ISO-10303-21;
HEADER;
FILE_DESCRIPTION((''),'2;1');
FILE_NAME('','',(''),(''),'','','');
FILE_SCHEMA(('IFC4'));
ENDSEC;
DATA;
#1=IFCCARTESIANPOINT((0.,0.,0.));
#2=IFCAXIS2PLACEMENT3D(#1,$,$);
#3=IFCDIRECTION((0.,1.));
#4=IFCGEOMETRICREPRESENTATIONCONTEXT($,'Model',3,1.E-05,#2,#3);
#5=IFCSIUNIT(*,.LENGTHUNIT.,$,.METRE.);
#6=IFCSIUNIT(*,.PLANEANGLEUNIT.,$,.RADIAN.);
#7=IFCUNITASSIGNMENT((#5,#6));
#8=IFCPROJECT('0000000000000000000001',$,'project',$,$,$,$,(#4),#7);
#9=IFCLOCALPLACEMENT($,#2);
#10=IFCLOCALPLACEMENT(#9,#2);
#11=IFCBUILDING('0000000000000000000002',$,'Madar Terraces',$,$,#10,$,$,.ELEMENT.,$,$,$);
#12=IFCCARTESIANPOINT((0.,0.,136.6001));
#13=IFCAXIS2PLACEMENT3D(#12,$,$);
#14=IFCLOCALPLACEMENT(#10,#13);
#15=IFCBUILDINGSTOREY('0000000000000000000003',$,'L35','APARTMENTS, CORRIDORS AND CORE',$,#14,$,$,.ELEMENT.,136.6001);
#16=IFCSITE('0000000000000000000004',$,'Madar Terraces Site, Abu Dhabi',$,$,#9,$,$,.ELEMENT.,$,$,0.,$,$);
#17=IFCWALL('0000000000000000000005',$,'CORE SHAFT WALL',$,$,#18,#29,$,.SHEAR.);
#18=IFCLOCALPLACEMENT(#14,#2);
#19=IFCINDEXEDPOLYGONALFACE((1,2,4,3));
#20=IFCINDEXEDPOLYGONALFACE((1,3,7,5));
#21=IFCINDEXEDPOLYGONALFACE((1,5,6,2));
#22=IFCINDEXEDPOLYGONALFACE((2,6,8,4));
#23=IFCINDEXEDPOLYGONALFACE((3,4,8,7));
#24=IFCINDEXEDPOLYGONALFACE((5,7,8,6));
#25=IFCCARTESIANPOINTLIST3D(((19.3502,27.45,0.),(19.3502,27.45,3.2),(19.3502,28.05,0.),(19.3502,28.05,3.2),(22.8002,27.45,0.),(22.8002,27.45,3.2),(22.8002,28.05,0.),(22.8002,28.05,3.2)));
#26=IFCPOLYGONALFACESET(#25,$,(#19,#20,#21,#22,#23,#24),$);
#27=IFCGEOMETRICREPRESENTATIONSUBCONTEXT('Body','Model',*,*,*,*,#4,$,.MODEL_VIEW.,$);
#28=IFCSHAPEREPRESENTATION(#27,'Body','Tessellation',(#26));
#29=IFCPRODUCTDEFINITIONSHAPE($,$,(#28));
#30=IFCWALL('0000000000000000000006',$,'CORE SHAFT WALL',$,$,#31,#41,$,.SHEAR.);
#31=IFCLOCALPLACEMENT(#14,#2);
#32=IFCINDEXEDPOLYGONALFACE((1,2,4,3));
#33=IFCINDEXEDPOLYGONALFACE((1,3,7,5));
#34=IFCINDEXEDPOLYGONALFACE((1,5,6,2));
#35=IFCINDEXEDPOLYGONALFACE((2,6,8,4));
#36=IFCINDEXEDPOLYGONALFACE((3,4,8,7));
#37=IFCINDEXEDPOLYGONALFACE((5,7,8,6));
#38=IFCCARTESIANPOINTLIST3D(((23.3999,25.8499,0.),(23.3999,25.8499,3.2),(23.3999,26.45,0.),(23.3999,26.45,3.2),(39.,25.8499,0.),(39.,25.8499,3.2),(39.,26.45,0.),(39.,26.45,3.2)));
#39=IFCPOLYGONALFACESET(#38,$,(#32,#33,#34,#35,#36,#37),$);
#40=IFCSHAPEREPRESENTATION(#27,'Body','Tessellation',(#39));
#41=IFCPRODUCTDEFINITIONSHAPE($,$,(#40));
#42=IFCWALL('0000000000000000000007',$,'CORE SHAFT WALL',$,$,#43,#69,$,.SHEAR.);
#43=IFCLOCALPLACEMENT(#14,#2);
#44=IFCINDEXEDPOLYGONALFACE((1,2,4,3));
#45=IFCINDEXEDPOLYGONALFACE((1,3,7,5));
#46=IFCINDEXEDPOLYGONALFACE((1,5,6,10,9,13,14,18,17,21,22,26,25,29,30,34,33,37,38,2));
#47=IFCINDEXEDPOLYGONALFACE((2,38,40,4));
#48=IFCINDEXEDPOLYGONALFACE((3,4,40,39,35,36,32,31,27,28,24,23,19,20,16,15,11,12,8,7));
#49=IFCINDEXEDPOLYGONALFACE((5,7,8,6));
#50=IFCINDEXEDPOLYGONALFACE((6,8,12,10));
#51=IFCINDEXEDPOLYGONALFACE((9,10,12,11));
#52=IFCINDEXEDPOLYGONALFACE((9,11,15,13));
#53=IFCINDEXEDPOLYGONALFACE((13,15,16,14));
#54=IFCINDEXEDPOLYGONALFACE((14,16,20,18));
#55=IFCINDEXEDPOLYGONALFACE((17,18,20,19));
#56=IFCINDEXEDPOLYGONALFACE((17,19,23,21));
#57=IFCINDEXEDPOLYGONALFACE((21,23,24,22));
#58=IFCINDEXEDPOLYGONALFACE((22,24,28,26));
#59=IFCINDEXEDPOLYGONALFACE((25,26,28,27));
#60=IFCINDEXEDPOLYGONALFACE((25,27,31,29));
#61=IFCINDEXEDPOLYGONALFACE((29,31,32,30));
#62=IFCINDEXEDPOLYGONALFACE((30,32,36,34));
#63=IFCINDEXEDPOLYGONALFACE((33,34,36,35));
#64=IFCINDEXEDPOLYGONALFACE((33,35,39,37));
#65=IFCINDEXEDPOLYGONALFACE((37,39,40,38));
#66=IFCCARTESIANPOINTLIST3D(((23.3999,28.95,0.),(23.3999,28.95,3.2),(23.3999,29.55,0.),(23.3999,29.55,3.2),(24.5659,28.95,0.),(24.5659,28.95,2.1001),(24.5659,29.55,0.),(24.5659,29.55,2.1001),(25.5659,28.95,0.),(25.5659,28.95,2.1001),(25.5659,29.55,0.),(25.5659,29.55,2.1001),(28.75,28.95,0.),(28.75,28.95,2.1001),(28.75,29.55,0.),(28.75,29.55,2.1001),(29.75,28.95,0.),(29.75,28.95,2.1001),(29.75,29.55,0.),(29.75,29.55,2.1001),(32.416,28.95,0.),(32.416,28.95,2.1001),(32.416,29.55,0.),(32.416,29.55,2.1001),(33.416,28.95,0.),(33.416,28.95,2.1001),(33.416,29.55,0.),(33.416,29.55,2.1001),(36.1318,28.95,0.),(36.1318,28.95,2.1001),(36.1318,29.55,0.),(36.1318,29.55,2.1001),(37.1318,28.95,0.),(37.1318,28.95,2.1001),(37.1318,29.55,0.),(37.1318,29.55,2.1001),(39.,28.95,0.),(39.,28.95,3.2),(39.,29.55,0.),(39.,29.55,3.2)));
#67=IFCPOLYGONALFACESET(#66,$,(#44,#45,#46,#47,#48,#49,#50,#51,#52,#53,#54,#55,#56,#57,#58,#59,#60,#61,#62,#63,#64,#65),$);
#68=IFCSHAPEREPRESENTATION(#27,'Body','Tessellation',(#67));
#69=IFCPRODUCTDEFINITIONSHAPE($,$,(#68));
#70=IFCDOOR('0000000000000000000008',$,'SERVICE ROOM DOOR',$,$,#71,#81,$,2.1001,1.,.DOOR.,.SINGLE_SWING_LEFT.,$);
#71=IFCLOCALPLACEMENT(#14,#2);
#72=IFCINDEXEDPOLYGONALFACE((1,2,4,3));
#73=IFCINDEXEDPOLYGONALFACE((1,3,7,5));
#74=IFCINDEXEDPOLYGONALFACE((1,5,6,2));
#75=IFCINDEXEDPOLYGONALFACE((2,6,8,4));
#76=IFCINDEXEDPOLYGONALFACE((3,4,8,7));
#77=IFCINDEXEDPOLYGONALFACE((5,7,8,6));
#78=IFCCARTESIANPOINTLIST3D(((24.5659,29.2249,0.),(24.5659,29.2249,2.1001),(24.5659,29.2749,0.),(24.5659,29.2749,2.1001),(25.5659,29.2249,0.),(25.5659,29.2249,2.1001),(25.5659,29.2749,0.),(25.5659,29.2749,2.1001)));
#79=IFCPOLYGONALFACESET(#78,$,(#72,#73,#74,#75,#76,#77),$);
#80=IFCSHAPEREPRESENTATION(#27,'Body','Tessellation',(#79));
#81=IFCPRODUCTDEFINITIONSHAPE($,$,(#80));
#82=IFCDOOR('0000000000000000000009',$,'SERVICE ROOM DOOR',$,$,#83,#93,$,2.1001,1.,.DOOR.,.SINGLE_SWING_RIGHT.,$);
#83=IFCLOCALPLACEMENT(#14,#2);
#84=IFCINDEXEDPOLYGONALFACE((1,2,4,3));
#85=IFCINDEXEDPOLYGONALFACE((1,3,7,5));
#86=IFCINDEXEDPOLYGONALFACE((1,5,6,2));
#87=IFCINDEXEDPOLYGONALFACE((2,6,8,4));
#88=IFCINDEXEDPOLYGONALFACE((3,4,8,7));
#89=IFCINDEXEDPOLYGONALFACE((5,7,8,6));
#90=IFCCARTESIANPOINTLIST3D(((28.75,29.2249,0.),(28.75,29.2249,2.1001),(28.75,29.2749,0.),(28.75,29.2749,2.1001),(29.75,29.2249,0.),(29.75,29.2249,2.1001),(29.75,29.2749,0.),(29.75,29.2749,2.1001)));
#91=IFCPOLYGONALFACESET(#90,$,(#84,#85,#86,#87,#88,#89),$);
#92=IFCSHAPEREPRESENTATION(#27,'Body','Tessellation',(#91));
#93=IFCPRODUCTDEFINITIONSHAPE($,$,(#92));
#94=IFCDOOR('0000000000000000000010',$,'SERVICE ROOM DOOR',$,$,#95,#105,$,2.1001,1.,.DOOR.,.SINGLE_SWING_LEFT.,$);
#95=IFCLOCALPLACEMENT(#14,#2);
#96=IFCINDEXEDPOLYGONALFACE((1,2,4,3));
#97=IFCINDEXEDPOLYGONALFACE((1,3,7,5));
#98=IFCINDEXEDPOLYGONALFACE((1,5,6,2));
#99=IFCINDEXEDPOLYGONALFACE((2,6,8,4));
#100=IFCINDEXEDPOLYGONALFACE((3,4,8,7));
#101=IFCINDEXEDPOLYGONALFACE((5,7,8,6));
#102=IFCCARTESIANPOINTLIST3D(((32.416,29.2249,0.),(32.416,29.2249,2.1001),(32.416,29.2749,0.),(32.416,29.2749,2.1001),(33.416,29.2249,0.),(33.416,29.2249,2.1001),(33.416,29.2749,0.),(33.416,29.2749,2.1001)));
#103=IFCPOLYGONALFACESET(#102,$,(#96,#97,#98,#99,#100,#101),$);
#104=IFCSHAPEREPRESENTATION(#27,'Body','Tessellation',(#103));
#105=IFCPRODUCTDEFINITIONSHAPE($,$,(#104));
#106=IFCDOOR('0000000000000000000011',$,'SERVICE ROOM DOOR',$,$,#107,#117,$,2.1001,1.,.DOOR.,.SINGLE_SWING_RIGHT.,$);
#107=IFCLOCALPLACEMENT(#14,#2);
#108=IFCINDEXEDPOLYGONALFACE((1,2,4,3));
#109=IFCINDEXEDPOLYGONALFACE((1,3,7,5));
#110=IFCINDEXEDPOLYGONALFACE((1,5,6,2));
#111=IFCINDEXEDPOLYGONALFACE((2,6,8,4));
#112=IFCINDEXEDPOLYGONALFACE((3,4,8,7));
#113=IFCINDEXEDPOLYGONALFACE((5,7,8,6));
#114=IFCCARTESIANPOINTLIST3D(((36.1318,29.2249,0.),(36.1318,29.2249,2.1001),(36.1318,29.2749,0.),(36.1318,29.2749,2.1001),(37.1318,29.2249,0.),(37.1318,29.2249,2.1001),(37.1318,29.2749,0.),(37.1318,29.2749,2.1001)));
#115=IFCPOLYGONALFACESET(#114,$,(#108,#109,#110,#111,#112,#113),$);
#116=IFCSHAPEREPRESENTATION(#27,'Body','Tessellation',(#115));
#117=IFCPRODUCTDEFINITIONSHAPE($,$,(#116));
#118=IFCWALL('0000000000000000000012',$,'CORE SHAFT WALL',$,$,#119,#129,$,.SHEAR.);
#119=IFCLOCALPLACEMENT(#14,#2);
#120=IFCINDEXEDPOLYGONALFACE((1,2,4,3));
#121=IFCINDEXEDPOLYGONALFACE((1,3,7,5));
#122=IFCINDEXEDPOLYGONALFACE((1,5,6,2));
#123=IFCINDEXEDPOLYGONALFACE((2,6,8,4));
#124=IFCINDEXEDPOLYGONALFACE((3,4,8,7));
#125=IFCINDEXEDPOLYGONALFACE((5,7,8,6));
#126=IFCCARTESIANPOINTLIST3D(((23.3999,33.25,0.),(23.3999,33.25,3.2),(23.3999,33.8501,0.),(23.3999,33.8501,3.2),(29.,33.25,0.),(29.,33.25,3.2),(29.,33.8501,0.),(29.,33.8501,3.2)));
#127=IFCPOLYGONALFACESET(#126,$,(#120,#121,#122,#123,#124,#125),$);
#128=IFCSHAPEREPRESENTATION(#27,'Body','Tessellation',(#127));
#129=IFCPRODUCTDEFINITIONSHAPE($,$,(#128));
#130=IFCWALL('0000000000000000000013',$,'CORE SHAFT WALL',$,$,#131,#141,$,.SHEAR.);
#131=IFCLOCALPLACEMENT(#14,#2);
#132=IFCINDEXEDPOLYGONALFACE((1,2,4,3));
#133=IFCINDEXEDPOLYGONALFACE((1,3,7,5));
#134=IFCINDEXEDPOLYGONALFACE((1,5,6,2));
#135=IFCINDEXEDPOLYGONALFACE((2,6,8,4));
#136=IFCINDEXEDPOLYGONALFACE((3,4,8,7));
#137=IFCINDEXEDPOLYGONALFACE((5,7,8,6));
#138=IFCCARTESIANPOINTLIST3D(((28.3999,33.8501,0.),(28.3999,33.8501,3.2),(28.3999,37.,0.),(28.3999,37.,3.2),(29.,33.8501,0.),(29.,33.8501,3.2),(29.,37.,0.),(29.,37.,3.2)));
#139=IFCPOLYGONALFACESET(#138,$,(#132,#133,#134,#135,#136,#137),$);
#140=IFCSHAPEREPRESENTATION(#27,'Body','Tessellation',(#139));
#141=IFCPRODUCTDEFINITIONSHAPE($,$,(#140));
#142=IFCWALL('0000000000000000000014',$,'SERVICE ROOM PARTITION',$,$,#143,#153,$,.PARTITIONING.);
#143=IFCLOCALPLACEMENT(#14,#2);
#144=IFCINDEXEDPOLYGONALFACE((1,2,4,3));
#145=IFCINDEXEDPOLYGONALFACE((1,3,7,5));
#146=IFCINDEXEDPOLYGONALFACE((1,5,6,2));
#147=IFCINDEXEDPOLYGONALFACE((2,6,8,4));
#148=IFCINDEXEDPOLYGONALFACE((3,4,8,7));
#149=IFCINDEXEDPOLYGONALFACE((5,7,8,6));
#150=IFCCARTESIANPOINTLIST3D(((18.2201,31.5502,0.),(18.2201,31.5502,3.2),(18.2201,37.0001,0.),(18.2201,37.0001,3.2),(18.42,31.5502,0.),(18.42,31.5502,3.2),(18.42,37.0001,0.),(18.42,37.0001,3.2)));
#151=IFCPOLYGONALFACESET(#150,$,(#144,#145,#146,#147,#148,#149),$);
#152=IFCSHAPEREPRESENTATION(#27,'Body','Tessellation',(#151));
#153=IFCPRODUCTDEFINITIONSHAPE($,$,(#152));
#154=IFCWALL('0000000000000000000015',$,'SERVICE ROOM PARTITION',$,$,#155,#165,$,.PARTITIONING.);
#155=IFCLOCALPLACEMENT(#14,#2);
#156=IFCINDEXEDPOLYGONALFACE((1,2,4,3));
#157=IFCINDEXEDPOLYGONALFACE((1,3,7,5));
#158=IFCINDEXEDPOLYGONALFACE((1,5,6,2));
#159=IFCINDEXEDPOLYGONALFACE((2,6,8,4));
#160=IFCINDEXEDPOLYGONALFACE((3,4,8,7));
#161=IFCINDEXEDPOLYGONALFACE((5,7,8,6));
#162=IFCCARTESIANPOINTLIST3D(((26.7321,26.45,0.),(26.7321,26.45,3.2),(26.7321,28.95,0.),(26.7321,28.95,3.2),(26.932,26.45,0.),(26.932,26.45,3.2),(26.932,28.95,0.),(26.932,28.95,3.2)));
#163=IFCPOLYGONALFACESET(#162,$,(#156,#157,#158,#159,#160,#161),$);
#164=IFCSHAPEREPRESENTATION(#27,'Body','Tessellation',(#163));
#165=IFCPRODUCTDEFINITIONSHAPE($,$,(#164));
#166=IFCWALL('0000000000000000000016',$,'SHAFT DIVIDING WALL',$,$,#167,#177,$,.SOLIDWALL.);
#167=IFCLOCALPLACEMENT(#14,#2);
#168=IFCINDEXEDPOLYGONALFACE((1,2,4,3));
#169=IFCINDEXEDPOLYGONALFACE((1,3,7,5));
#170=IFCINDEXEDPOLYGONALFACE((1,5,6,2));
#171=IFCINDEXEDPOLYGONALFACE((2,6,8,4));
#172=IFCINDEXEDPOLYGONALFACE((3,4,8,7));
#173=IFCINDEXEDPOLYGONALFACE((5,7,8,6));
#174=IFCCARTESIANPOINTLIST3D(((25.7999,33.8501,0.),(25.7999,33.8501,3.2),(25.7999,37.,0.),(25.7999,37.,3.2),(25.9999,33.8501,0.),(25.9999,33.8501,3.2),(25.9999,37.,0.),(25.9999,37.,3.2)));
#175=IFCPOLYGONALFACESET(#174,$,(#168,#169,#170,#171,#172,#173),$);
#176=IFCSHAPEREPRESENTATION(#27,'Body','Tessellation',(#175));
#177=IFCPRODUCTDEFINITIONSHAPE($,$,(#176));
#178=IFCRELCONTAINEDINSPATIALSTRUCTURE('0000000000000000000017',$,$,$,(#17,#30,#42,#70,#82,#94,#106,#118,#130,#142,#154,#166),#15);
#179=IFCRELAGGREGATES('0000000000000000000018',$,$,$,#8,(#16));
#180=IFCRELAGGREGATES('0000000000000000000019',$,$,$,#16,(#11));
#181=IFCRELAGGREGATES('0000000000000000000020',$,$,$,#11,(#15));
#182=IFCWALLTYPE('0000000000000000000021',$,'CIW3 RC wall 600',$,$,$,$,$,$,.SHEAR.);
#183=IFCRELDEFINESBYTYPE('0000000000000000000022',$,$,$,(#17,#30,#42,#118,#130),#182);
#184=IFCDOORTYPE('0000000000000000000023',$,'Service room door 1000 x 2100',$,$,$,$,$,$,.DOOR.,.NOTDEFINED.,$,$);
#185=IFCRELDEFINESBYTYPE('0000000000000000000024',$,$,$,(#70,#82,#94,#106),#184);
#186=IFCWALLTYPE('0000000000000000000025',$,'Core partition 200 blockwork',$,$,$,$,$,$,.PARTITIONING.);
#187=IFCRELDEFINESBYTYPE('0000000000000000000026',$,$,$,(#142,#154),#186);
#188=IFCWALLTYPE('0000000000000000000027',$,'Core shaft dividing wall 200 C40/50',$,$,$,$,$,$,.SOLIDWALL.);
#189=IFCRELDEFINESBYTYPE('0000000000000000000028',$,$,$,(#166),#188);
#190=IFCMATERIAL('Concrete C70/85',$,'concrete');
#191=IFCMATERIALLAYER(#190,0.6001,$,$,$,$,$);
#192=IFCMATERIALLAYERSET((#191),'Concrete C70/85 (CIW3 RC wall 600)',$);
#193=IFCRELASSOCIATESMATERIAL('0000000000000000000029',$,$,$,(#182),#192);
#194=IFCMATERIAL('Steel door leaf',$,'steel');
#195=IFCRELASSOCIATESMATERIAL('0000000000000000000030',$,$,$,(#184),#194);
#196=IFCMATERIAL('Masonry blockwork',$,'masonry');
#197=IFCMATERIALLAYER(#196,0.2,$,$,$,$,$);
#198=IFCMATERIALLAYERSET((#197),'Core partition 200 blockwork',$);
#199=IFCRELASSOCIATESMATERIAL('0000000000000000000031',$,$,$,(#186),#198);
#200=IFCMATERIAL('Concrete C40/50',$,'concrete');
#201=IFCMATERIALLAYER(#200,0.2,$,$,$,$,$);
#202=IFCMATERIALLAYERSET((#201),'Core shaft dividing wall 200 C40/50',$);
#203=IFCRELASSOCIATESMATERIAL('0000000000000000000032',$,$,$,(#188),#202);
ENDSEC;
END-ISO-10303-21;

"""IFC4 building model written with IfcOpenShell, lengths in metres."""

from ifc_helpers import new_model, si_unit, direction, frame, frame_2d, origin, place, context, subcontext, project, spatial, rectangle, extrude, material, layer, layer_set, type_object, element, fill, save


model = new_model("IFC4")

# Units and contexts
model_context = context("Model", 3, precision=1e-05, world=origin(), true_north=direction((0.0, 1.0)))
body_context = subcontext(model_context, "Body", "Model", "MODEL_VIEW")
ifc_project = project(units=[si_unit("LENGTHUNIT", "METRE"), si_unit("PLANEANGLEUNIT", "RADIAN")], contexts=[model_context])

# Site, building, storey
site_placement = place(None, origin())
site = spatial("IfcSite", under=ifc_project, at=site_placement, Name="Madar Terraces Site, Abu Dhabi", CompositionType="ELEMENT", RefElevation=0.0)
building_placement = place(site_placement, origin())
building = spatial("IfcBuilding", under=site, at=building_placement, Name="Madar Terraces", CompositionType="ELEMENT")
storey_placement = place(building_placement, frame((0.0, 0.0, 136.6001)))
storey = spatial("IfcBuildingStorey", under=building, at=storey_placement, Name="L35", Description="APARTMENTS, CORRIDORS AND CORE", CompositionType="ELEMENT", Elevation=136.6001)

# Walls
ifc_material_1 = material(Name="Concrete C70/85", Category="concrete")
ifc_layer_1 = layer(ifc_material_1, 0.6001)
ifc_layer_set_1 = layer_set([ifc_layer_1], Name="Concrete C70/85 (CIW3 RC wall 600)")
wall_type_1 = type_object("IfcWallType", Name="CIW3 RC wall 600", PredefinedType="SHEAR", material=ifc_layer_set_1)
wall_1_placement = place(storey_placement, frame((19.3501, 27.75, 0.0), z_axis=(0.0, 0.0, 1.0), x_axis=(1.0, 0.0, 0.0)))
element("IfcWall", 1, at=wall_1_placement, inside=storey, type_object=wall_type_1, Name="CORE SHAFT WALL", PredefinedType="SHEAR", context=body_context, shape_type="SweptSolid", body=[
    extrude(rectangle(XDim=3.45, YDim=0.6001, at=frame_2d((1.7251, 0.0))), origin(), (0.0, 0.0, 1.0), 3.2),
])
wall_2_placement = place(storey_placement, frame((23.3999, 26.1499, 0.0), z_axis=(0.0, 0.0, 1.0), x_axis=(1.0, 0.0, 0.0)))
element("IfcWall", 2, at=wall_2_placement, inside=storey, type_object=wall_type_1, Name="CORE SHAFT WALL", PredefinedType="SHEAR", context=body_context, shape_type="SweptSolid", body=[
    extrude(rectangle(XDim=15.6001, YDim=0.6001, at=frame_2d((7.8, 0.0))), origin(), (0.0, 0.0, 1.0), 3.2),
])

# Wall, openings, doors
wall_3_placement = place(storey_placement, frame((23.3999, 29.25, 0.0), z_axis=(0.0, 0.0, 1.0), x_axis=(1.0, 0.0, 0.0)))
wall_3 = element("IfcWall", 3, at=wall_3_placement, inside=storey, type_object=wall_type_1, Name="CORE SHAFT WALL", PredefinedType="SHEAR", context=body_context, shape_type="SweptSolid", body=[
    extrude(rectangle(XDim=15.6001, YDim=0.6001, at=frame_2d((7.8, 0.0))), origin(), (0.0, 0.0, 1.0), 3.2),
])
opening_1_placement = place(wall_3_placement, frame((1.166, 0.0, 0.0)))
opening_1 = element("IfcOpeningElement", 4, at=opening_1_placement, cuts=wall_3, PredefinedType="OPENING", context=body_context, shape_type="SweptSolid", body=[
    extrude(rectangle(XDim=1.0, YDim=2.1001, at=frame_2d((0.5, 1.05))), frame((0.0, 0.3101, 0.0), z_axis=(0.0, -1.0, 0.0), x_axis=(1.0, 0.0, 0.0)), (0.0, 0.0, 1.0), 0.6201),
])
opening_2_placement = place(wall_3_placement, frame((5.3501, 0.0, 0.0)))
opening_2 = element("IfcOpeningElement", 5, at=opening_2_placement, cuts=wall_3, PredefinedType="OPENING", context=body_context, shape_type="SweptSolid", body=[
    extrude(rectangle(XDim=1.0, YDim=2.1001, at=frame_2d((0.5, 1.05))), frame((0.0, 0.3101, 0.0), z_axis=(0.0, -1.0, 0.0), x_axis=(1.0, 0.0, 0.0)), (0.0, 0.0, 1.0), 0.6201),
])
opening_3_placement = place(wall_3_placement, frame((9.0161, 0.0, 0.0)))
opening_3 = element("IfcOpeningElement", 6, at=opening_3_placement, cuts=wall_3, PredefinedType="OPENING", context=body_context, shape_type="SweptSolid", body=[
    extrude(rectangle(XDim=1.0, YDim=2.1001, at=frame_2d((0.5, 1.05))), frame((0.0, 0.3101, 0.0), z_axis=(0.0, -1.0, 0.0), x_axis=(1.0, 0.0, 0.0)), (0.0, 0.0, 1.0), 0.6201),
])
opening_4_placement = place(wall_3_placement, frame((12.7319, 0.0, 0.0)))
opening_4 = element("IfcOpeningElement", 7, at=opening_4_placement, cuts=wall_3, PredefinedType="OPENING", context=body_context, shape_type="SweptSolid", body=[
    extrude(rectangle(XDim=1.0, YDim=2.1001, at=frame_2d((0.5, 1.05))), frame((0.0, 0.3101, 0.0), z_axis=(0.0, -1.0, 0.0), x_axis=(1.0, 0.0, 0.0)), (0.0, 0.0, 1.0), 0.6201),
])
ifc_material_2 = material(Name="Steel door leaf", Category="steel")
door_type_1 = type_object("IfcDoorType", Name="Service room door 1000 x 2100", OperationType="NOTDEFINED", PredefinedType="DOOR", material=ifc_material_2)
door_1_placement = place(opening_1_placement, origin())
door_1 = element("IfcDoor", 8, at=door_1_placement, inside=storey, type_object=door_type_1, Name="SERVICE ROOM DOOR", OperationType="SINGLE_SWING_LEFT", OverallHeight=2.1001, OverallWidth=1.0, PredefinedType="DOOR", context=body_context, shape_type="SweptSolid", body=[
    extrude(rectangle(XDim=1.0, YDim=2.1001, at=frame_2d((0.5, 1.05))), frame((0.0, 0.0249, 0.0), z_axis=(0.0, -1.0, 0.0), x_axis=(1.0, 0.0, 0.0)), (0.0, 0.0, 1.0), 0.05),
])
fill(opening_1, door_1)
door_2_placement = place(opening_2_placement, origin())
door_2 = element("IfcDoor", 9, at=door_2_placement, inside=storey, type_object=door_type_1, Name="SERVICE ROOM DOOR", OperationType="SINGLE_SWING_RIGHT", OverallHeight=2.1001, OverallWidth=1.0, PredefinedType="DOOR", context=body_context, shape_type="SweptSolid", body=[
    extrude(rectangle(XDim=1.0, YDim=2.1001, at=frame_2d((0.5, 1.05))), frame((0.0, 0.0249, 0.0), z_axis=(0.0, -1.0, 0.0), x_axis=(1.0, 0.0, 0.0)), (0.0, 0.0, 1.0), 0.05),
])
fill(opening_2, door_2)
door_3_placement = place(opening_3_placement, origin())
door_3 = element("IfcDoor", 10, at=door_3_placement, inside=storey, type_object=door_type_1, Name="SERVICE ROOM DOOR", OperationType="SINGLE_SWING_LEFT", OverallHeight=2.1001, OverallWidth=1.0, PredefinedType="DOOR", context=body_context, shape_type="SweptSolid", body=[
    extrude(rectangle(XDim=1.0, YDim=2.1001, at=frame_2d((0.5, 1.05))), frame((0.0, 0.0249, 0.0), z_axis=(0.0, -1.0, 0.0), x_axis=(1.0, 0.0, 0.0)), (0.0, 0.0, 1.0), 0.05),
])
fill(opening_3, door_3)
door_4_placement = place(opening_4_placement, origin())
door_4 = element("IfcDoor", 11, at=door_4_placement, inside=storey, type_object=door_type_1, Name="SERVICE ROOM DOOR", OperationType="SINGLE_SWING_RIGHT", OverallHeight=2.1001, OverallWidth=1.0, PredefinedType="DOOR", context=body_context, shape_type="SweptSolid", body=[
    extrude(rectangle(XDim=1.0, YDim=2.1001, at=frame_2d((0.5, 1.05))), frame((0.0, 0.0249, 0.0), z_axis=(0.0, -1.0, 0.0), x_axis=(1.0, 0.0, 0.0)), (0.0, 0.0, 1.0), 0.05),
])
fill(opening_4, door_4)

# Walls
wall_4_placement = place(storey_placement, frame((23.3999, 33.55, 0.0), z_axis=(0.0, 0.0, 1.0), x_axis=(1.0, 0.0, 0.0)))
element("IfcWall", 12, at=wall_4_placement, inside=storey, type_object=wall_type_1, Name="CORE SHAFT WALL", PredefinedType="SHEAR", context=body_context, shape_type="SweptSolid", body=[
    extrude(rectangle(XDim=5.6001, YDim=0.6001, at=frame_2d((2.8, 0.0))), origin(), (0.0, 0.0, 1.0), 3.2),
])
wall_5_placement = place(storey_placement, frame((28.7, 33.8501, 0.0), z_axis=(0.0, 0.0, 1.0), x_axis=(0.0, 1.0, 0.0)))
element("IfcWall", 13, at=wall_5_placement, inside=storey, type_object=wall_type_1, Name="CORE SHAFT WALL", PredefinedType="SHEAR", context=body_context, shape_type="SweptSolid", body=[
    extrude(rectangle(XDim=3.1499, YDim=0.6001, at=frame_2d((1.575, 0.0))), origin(), (0.0, 0.0, 1.0), 3.2),
])
ifc_material_3 = material(Name="Masonry blockwork", Category="masonry")
ifc_layer_2 = layer(ifc_material_3, 0.2)
ifc_layer_set_2 = layer_set([ifc_layer_2], Name="Core partition 200 blockwork")
wall_type_2 = type_object("IfcWallType", Name="Core partition 200 blockwork", PredefinedType="PARTITIONING", material=ifc_layer_set_2)
wall_6_placement = place(storey_placement, frame((18.3201, 31.55, 0.0), z_axis=(0.0, 0.0, 1.0), x_axis=(0.0, 1.0, 0.0)))
element("IfcWall", 14, at=wall_6_placement, inside=storey, type_object=wall_type_2, Name="SERVICE ROOM PARTITION", PredefinedType="PARTITIONING", context=body_context, shape_type="SweptSolid", body=[
    extrude(rectangle(XDim=5.45, YDim=0.2, at=frame_2d((2.7251, 0.0))), origin(), (0.0, 0.0, 1.0), 3.2),
])
wall_7_placement = place(storey_placement, frame((26.832, 26.45, 0.0), z_axis=(0.0, 0.0, 1.0), x_axis=(0.0, 1.0, 0.0)))
element("IfcWall", 15, at=wall_7_placement, inside=storey, type_object=wall_type_2, Name="SERVICE ROOM PARTITION", PredefinedType="PARTITIONING", context=body_context, shape_type="SweptSolid", body=[
    extrude(rectangle(XDim=2.5, YDim=0.2, at=frame_2d((1.25, 0.0))), origin(), (0.0, 0.0, 1.0), 3.2),
])
ifc_material_4 = material(Name="Concrete C40/50", Category="concrete")
ifc_layer_3 = layer(ifc_material_4, 0.2)
ifc_layer_set_3 = layer_set([ifc_layer_3], Name="Core shaft dividing wall 200 C40/50")
wall_type_3 = type_object("IfcWallType", Name="Core shaft dividing wall 200 C40/50", PredefinedType="SOLIDWALL", material=ifc_layer_set_3)
wall_8_placement = place(storey_placement, frame((25.8999, 33.8501, 0.0), z_axis=(0.0, 0.0, 1.0), x_axis=(0.0, 1.0, 0.0)))
element("IfcWall", 16, at=wall_8_placement, inside=storey, type_object=wall_type_3, Name="SHAFT DIVIDING WALL", PredefinedType="SOLIDWALL", context=body_context, shape_type="SweptSolid", body=[
    extrude(rectangle(XDim=3.1499, YDim=0.2, at=frame_2d((1.575, 0.0))), origin(), (0.0, 0.0, 1.0), 3.2),
])

save(model, "model.ifc")
